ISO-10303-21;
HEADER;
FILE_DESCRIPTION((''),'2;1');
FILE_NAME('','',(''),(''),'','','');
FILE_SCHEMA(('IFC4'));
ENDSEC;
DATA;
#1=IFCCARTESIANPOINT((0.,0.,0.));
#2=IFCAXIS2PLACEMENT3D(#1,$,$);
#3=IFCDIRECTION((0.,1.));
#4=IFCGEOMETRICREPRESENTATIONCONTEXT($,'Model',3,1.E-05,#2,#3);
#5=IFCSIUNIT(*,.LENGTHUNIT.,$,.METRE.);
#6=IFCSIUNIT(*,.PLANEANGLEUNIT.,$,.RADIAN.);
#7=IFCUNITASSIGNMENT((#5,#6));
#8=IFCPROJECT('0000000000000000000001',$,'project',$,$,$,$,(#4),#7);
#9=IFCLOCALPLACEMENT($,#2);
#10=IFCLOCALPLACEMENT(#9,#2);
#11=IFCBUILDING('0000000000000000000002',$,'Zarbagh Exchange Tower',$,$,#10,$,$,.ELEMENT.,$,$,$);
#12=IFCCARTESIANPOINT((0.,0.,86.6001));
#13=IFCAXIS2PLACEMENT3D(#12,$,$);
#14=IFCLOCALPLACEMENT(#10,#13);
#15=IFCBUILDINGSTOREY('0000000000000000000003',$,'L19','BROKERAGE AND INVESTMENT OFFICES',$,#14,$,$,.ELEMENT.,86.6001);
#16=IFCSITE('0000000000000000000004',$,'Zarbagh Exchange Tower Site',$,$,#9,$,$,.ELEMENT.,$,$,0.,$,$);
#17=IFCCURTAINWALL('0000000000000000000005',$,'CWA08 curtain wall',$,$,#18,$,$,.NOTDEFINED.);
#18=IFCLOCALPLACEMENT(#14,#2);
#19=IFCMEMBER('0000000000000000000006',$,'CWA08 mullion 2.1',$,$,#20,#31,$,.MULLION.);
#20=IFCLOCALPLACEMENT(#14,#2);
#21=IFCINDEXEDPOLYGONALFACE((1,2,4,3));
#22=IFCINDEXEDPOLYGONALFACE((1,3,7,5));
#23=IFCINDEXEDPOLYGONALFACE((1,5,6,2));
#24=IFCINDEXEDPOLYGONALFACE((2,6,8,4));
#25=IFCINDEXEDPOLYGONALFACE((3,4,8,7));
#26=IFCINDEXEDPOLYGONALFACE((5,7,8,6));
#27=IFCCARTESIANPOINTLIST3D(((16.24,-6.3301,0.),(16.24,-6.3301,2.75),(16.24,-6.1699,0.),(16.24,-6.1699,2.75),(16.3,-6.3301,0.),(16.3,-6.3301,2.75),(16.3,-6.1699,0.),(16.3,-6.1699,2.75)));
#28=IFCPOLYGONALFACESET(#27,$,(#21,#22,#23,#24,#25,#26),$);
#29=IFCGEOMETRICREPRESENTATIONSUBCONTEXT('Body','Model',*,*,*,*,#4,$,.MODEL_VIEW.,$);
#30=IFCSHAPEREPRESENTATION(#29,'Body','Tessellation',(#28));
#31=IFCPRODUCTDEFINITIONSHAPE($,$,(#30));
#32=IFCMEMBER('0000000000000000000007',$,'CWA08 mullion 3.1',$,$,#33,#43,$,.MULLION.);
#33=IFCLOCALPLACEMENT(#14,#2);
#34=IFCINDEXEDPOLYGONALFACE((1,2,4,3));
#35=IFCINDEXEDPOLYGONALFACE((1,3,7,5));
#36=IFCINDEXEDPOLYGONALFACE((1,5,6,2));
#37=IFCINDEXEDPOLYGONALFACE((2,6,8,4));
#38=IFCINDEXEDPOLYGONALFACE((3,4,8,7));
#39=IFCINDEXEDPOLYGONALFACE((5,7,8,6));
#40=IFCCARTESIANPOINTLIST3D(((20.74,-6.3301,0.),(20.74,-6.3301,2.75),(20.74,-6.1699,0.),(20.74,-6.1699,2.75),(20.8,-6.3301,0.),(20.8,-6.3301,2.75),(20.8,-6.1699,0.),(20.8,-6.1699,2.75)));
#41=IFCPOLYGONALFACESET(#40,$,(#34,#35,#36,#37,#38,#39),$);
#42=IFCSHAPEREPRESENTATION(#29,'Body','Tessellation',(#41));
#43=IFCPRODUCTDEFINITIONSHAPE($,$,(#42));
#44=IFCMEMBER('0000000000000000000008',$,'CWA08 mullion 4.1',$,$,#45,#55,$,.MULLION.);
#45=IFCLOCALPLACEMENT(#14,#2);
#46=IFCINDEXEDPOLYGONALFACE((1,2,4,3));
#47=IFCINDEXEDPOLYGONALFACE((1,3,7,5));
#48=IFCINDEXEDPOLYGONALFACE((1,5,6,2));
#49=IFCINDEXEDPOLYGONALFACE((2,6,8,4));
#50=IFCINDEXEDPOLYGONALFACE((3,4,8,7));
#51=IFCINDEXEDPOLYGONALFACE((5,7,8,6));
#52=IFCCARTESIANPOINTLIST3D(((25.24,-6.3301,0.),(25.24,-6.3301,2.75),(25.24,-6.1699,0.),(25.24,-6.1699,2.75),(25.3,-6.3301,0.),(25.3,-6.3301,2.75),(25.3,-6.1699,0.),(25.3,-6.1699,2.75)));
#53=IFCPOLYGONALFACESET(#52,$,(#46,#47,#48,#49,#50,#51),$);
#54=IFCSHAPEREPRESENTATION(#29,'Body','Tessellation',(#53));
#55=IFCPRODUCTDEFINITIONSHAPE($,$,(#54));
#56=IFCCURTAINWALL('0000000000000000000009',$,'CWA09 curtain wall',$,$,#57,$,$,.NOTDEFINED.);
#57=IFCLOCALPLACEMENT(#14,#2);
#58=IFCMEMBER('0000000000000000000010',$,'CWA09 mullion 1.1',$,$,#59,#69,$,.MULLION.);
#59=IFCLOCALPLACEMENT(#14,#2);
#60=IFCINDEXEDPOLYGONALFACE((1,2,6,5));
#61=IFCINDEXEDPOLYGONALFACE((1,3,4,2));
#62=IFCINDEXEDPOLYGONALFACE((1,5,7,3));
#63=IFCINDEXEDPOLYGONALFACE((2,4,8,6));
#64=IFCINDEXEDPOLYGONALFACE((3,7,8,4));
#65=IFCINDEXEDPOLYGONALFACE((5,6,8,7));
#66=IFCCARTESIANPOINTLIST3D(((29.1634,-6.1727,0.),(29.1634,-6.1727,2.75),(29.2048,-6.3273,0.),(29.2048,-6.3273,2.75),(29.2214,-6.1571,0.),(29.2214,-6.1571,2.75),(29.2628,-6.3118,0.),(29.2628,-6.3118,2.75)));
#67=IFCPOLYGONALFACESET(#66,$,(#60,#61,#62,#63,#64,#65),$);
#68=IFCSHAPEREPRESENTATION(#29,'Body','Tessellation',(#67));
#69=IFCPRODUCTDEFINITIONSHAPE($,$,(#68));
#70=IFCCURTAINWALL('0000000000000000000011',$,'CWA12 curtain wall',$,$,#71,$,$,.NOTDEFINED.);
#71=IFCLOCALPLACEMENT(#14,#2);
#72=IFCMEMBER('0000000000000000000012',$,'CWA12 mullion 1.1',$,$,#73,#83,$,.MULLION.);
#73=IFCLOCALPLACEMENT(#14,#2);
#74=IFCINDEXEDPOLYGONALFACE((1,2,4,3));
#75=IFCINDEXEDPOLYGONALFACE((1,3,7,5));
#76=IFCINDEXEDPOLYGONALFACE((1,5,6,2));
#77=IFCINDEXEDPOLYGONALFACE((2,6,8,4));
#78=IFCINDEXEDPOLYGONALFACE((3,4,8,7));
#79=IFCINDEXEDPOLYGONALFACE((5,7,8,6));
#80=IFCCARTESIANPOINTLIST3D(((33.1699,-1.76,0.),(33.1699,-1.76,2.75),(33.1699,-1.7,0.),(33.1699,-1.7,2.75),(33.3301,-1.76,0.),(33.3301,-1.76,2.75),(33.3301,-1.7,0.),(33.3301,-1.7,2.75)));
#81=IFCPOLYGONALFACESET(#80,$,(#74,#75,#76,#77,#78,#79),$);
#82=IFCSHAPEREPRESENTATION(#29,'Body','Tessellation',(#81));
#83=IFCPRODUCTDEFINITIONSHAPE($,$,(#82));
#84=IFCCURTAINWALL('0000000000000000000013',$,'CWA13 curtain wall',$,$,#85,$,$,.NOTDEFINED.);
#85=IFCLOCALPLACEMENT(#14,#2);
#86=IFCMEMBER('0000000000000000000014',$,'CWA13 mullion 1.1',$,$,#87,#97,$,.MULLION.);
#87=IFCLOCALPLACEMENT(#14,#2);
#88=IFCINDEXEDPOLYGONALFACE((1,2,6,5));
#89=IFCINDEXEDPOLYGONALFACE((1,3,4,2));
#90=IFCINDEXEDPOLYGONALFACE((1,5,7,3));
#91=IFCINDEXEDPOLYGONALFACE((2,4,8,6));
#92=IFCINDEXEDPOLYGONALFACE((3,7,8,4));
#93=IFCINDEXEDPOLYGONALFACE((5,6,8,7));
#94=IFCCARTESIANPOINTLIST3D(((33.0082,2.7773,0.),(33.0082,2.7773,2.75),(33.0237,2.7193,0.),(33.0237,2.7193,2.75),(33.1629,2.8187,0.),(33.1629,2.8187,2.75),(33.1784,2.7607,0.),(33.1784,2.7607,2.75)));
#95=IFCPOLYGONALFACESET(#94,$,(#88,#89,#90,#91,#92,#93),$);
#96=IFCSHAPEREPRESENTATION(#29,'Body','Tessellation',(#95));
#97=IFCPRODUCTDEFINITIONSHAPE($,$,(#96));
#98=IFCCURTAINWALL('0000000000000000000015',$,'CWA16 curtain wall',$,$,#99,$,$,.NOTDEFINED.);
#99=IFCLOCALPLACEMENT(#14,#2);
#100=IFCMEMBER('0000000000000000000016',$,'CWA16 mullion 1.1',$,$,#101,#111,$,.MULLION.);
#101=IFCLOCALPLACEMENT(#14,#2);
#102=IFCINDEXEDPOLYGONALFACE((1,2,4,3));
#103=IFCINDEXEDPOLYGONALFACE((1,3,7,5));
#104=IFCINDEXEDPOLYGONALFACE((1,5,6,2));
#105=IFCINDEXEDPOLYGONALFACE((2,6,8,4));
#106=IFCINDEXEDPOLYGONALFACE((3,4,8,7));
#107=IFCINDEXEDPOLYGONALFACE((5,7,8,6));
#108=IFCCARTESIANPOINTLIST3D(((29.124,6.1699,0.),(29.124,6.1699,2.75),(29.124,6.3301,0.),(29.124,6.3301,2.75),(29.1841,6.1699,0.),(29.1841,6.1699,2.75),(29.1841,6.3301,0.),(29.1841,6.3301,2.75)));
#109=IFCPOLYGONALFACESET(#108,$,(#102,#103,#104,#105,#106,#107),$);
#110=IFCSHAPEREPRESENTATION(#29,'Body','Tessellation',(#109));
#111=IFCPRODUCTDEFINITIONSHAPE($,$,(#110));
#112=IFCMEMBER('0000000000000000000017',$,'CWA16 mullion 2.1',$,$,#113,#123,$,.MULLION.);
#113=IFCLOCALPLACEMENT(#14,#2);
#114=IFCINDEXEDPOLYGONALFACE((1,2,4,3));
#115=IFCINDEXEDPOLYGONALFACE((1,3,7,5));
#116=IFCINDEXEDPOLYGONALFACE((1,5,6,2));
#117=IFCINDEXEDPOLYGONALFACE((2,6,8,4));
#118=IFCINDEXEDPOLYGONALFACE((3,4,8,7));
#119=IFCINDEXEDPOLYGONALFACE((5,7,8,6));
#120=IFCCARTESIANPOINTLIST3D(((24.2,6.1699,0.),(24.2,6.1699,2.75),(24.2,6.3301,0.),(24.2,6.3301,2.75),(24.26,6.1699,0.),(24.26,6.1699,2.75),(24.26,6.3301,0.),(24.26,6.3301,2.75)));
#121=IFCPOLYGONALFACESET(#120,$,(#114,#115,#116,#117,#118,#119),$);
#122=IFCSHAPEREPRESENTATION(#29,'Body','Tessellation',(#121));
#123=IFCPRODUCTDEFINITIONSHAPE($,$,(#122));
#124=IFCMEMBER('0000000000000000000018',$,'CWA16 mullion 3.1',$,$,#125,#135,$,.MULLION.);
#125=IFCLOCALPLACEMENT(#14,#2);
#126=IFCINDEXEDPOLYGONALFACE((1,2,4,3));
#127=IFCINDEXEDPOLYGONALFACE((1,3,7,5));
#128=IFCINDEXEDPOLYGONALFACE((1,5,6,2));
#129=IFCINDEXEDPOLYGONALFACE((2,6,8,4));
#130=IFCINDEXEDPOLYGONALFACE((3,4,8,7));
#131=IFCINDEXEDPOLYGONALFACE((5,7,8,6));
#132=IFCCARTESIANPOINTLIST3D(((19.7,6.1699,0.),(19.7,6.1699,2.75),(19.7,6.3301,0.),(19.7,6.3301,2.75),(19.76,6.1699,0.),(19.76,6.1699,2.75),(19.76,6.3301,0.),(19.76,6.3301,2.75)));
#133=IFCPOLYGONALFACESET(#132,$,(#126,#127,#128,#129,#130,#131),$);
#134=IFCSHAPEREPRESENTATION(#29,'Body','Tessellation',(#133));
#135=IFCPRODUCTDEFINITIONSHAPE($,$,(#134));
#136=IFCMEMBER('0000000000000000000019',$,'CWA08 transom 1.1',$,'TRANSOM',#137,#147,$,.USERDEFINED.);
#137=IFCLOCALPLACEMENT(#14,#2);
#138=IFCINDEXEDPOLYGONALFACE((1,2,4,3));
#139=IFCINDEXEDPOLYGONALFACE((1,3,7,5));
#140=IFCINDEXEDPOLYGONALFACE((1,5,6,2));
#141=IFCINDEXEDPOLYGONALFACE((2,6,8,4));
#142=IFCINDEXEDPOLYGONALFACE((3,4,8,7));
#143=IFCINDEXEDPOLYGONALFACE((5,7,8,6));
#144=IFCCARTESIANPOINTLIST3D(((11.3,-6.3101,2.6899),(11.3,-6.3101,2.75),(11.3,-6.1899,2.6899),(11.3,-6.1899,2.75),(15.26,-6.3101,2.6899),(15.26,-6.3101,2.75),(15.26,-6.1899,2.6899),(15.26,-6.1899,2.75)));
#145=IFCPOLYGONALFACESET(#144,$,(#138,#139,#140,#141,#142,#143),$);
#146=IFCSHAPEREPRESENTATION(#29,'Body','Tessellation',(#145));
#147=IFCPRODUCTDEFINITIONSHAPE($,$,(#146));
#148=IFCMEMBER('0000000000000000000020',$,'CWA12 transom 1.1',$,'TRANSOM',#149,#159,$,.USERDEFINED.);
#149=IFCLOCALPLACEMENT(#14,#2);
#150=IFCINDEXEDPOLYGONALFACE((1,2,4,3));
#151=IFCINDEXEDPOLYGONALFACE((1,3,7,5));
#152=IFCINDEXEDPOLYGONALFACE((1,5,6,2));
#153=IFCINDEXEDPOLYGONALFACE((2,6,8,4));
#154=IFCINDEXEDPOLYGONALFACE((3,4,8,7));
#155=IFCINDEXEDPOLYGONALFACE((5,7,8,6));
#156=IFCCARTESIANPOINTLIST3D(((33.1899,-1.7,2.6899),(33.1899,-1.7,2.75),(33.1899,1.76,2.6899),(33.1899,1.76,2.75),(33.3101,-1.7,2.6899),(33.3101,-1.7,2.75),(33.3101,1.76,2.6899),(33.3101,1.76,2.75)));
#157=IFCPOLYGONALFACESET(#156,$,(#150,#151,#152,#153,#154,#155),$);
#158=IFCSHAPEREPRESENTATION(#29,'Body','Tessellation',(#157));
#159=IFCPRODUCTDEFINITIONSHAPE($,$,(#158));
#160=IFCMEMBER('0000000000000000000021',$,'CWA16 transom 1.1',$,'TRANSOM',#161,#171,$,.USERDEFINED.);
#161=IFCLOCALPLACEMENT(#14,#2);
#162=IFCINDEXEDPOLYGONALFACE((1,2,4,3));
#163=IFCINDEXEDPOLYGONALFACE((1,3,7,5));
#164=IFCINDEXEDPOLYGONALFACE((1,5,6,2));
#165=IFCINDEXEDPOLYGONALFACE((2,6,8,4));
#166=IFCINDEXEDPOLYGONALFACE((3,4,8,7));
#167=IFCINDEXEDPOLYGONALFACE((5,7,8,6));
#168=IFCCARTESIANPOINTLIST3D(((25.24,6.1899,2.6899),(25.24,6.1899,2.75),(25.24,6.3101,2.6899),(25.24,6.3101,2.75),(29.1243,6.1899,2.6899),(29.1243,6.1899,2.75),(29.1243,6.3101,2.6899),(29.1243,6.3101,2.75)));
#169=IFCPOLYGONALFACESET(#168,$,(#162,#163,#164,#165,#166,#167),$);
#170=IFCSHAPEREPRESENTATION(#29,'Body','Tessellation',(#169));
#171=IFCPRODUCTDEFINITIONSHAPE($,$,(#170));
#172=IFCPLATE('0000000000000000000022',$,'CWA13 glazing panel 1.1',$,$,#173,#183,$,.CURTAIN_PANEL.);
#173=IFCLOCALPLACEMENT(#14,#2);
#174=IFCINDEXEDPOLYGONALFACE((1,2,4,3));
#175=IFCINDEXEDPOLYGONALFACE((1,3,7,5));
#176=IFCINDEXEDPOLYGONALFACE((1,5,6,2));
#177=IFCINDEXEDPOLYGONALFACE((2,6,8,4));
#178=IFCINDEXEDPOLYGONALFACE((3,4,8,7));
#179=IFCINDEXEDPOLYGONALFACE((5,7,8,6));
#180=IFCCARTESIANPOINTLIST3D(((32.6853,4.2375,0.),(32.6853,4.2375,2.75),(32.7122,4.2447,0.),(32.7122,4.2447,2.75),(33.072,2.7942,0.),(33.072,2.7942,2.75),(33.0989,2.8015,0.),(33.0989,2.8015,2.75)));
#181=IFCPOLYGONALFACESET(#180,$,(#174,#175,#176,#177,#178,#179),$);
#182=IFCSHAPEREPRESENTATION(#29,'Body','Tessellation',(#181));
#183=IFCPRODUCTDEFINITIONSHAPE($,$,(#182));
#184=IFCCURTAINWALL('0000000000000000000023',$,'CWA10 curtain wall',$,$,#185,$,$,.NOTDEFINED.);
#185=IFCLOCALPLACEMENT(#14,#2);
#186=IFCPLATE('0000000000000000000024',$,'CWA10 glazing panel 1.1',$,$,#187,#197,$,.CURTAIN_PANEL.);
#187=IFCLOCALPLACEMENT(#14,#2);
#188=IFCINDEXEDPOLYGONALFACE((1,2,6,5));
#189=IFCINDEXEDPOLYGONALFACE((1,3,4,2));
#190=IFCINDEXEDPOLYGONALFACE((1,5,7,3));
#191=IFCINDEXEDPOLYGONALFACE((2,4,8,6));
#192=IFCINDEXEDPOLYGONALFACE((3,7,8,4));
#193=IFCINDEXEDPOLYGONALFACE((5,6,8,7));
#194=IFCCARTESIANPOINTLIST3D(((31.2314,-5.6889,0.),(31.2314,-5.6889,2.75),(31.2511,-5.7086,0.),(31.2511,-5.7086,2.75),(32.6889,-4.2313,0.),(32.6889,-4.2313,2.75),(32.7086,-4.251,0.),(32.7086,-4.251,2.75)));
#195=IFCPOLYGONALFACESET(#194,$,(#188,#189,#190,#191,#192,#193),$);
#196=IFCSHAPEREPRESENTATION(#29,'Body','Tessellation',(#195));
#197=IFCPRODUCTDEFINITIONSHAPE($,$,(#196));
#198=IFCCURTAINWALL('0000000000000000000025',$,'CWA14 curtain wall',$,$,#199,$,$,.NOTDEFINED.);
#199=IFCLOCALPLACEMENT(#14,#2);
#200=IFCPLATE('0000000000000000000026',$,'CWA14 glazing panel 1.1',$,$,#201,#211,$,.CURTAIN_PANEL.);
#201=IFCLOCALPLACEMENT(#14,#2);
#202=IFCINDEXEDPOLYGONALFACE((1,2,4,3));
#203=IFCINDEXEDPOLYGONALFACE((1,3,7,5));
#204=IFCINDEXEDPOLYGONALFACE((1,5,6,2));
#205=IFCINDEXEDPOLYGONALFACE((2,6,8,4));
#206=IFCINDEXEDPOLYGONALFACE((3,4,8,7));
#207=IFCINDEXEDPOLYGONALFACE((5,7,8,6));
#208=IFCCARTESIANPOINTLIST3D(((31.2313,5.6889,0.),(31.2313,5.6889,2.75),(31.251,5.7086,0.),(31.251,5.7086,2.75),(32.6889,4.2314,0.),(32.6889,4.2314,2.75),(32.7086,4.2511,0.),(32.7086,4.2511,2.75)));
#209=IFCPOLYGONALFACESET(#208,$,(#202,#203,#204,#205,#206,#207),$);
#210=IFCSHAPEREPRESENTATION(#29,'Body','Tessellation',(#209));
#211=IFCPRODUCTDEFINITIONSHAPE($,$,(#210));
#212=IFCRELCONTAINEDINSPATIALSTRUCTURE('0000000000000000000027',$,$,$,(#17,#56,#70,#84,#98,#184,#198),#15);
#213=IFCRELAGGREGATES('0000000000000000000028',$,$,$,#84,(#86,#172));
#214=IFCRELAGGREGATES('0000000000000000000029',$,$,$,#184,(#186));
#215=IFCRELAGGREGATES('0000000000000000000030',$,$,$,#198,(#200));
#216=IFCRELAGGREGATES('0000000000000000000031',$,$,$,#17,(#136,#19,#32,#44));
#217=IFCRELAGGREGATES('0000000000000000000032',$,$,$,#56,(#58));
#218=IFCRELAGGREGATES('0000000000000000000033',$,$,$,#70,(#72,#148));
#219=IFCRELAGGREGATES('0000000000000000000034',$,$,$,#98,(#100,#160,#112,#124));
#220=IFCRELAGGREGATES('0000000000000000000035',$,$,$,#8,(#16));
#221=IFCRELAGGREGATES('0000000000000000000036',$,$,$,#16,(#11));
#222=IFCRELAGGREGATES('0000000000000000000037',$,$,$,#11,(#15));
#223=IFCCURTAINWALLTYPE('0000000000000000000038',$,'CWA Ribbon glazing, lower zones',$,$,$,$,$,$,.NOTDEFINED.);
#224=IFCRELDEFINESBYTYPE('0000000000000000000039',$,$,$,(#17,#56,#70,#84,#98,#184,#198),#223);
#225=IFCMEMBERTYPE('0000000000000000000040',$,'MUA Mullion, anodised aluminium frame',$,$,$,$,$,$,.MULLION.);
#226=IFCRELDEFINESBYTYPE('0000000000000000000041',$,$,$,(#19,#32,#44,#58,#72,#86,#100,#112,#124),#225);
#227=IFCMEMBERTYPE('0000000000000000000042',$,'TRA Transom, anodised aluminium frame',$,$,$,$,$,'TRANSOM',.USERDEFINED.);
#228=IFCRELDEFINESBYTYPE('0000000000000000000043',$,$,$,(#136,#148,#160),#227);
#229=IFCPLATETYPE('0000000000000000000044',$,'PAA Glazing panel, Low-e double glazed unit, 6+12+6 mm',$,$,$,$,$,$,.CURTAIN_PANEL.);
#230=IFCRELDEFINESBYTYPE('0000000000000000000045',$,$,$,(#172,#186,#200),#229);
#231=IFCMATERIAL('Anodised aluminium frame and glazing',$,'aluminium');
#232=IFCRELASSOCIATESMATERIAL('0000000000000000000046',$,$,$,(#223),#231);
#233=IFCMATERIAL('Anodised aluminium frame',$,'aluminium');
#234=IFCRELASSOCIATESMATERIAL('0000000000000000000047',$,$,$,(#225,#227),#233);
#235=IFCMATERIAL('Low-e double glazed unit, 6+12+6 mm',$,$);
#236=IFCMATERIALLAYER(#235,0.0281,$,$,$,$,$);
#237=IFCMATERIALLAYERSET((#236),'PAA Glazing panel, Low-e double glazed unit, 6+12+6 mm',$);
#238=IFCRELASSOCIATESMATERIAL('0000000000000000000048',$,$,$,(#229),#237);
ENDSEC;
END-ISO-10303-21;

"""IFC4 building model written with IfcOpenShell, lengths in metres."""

from ifc_helpers import new_model, si_unit, direction, frame, origin, place, context, subcontext, project, spatial, polyline, outline, extrude, source, transform, mapped, material, layer, layer_set, type_object, element, aggregate, save


model = new_model("IFC4")

# Units and contexts
model_context = context("Model", 3, precision=1e-05, world=origin(), true_north=direction((0.0, 1.0)))
body_context = subcontext(model_context, "Body", "Model", "MODEL_VIEW")
ifc_project = project(units=[si_unit("LENGTHUNIT", "METRE"), si_unit("PLANEANGLEUNIT", "RADIAN")], contexts=[model_context])

# Site, building, storey
site_placement = place(None, origin())
site = spatial("IfcSite", under=ifc_project, at=site_placement, Name="Zarbagh Exchange Tower Site", CompositionType="ELEMENT", RefElevation=0.0)
building_placement = place(site_placement, origin())
building = spatial("IfcBuilding", under=site, at=building_placement, Name="Zarbagh Exchange Tower", CompositionType="ELEMENT")
storey_placement = place(building_placement, frame((0.0, 0.0, 86.6001)))
storey = spatial("IfcBuildingStorey", under=building, at=storey_placement, Name="L19", Description="BROKERAGE AND INVESTMENT OFFICES", CompositionType="ELEMENT", Elevation=86.6001)

# Curtain wall, members
ifc_material_1 = material(Name="Anodised aluminium frame and glazing", Category="aluminium")
curtain_wall_type = type_object("IfcCurtainWallType", Name="CWA Ribbon glazing, lower zones", PredefinedType="NOTDEFINED", material=ifc_material_1)
curtain_wall_1_placement = place(storey_placement, origin())
curtain_wall_1 = element("IfcCurtainWall", 1, at=curtain_wall_1_placement, inside=storey, type_object=curtain_wall_type, Name="CWA08 curtain wall", PredefinedType="NOTDEFINED")
ifc_material_2 = material(Name="Anodised aluminium frame", Category="aluminium")
member_type_1 = type_object("IfcMemberType", Name="MUA Mullion, anodised aluminium frame", PredefinedType="MULLION", material=ifc_material_2)
shared_shape_1 = source(origin(), body_context, "Body", "SweptSolid", [
    extrude(outline(polyline([(0.0, -0.0801), (0.0601, -0.0801), (0.0601, 0.0801), (0.0, 0.0801), (0.0, -0.0801)])), origin(), (0.0, 0.0, 1.0), 2.75),
])
placement = place(storey_placement, origin())
member_1 = element("IfcMember", 2, at=placement, type_object=member_type_1, Name="CWA08 mullion 2.1", PredefinedType="MULLION", context=body_context, shape_type="MappedRepresentation", body=[
    mapped(shared_shape_1, transform((16.24, -6.25, 0.0), x_axis=(1.0, 0.0, 0.0), y_axis=(0.0, 1.0, 0.0), z_axis=(0.0, 0.0, 1.0))),
])
member_2 = element("IfcMember", 3, at=placement, type_object=member_type_1, Name="CWA08 mullion 3.1", PredefinedType="MULLION", context=body_context, shape_type="MappedRepresentation", body=[
    mapped(shared_shape_1, transform((20.74, -6.25, 0.0), x_axis=(1.0, 0.0, 0.0), y_axis=(0.0, 1.0, 0.0), z_axis=(0.0, 0.0, 1.0))),
])
member_3 = element("IfcMember", 4, at=placement, type_object=member_type_1, Name="CWA08 mullion 4.1", PredefinedType="MULLION", context=body_context, shape_type="MappedRepresentation", body=[
    mapped(shared_shape_1, transform((25.24, -6.25, 0.0), x_axis=(1.0, 0.0, 0.0), y_axis=(0.0, 1.0, 0.0), z_axis=(0.0, 0.0, 1.0))),
])

# Curtain walls, members
curtain_wall_2_placement = place(storey_placement, origin())
curtain_wall_2 = element("IfcCurtainWall", 5, at=curtain_wall_2_placement, inside=storey, type_object=curtain_wall_type, Name="CWA09 curtain wall", PredefinedType="NOTDEFINED")
member_4 = element("IfcMember", 6, at=placement, type_object=member_type_1, Name="CWA09 mullion 1.1", PredefinedType="MULLION", context=body_context, shape_type="MappedRepresentation", body=[
    mapped(shared_shape_1, transform((29.1841, -6.25, 0.0), x_axis=(0.965924, 0.258825, 0.0), y_axis=(-0.258825, 0.965924, 0.0), z_axis=(0.0, 0.0, 1.0))),
])
curtain_wall_3_placement = place(storey_placement, origin())
curtain_wall_3 = element("IfcCurtainWall", 7, at=curtain_wall_3_placement, inside=storey, type_object=curtain_wall_type, Name="CWA12 curtain wall", PredefinedType="NOTDEFINED")
member_5 = element("IfcMember", 8, at=placement, type_object=member_type_1, Name="CWA12 mullion 1.1", PredefinedType="MULLION", context=body_context, shape_type="MappedRepresentation", body=[
    mapped(shared_shape_1, transform((33.25, -1.76, 0.0), x_axis=(0.0, 1.0, 0.0), y_axis=(-1.0, 0.0, 0.0), z_axis=(0.0, 0.0, 1.0))),
])
curtain_wall_4_placement = place(storey_placement, origin())
curtain_wall_4 = element("IfcCurtainWall", 9, at=curtain_wall_4_placement, inside=storey, type_object=curtain_wall_type, Name="CWA13 curtain wall", PredefinedType="NOTDEFINED")
member_6 = element("IfcMember", 10, at=placement, type_object=member_type_1, Name="CWA13 mullion 1.1", PredefinedType="MULLION", context=body_context, shape_type="MappedRepresentation", body=[
    mapped(shared_shape_1, transform((33.1011, 2.74, 0.0), x_axis=(-0.258825, 0.965924, 0.0), y_axis=(-0.965924, -0.258825, 0.0), z_axis=(0.0, 0.0, 1.0))),
])

# Curtain wall, members
curtain_wall_5_placement = place(storey_placement, origin())
curtain_wall_5 = element("IfcCurtainWall", 11, at=curtain_wall_5_placement, inside=storey, type_object=curtain_wall_type, Name="CWA16 curtain wall", PredefinedType="NOTDEFINED")
member_7 = element("IfcMember", 12, at=placement, type_object=member_type_1, Name="CWA16 mullion 1.1", PredefinedType="MULLION", context=body_context, shape_type="MappedRepresentation", body=[
    mapped(shared_shape_1, transform((29.1841, 6.25, 0.0), x_axis=(-1.0, 0.0, 0.0), y_axis=(0.0, -1.0, 0.0), z_axis=(0.0, 0.0, 1.0))),
])
member_8 = element("IfcMember", 13, at=placement, type_object=member_type_1, Name="CWA16 mullion 2.1", PredefinedType="MULLION", context=body_context, shape_type="MappedRepresentation", body=[
    mapped(shared_shape_1, transform((24.26, 6.25, 0.0), x_axis=(-1.0, 0.0, 0.0), y_axis=(0.0, -1.0, 0.0), z_axis=(0.0, 0.0, 1.0))),
])
member_9 = element("IfcMember", 14, at=placement, type_object=member_type_1, Name="CWA16 mullion 3.1", PredefinedType="MULLION", context=body_context, shape_type="MappedRepresentation", body=[
    mapped(shared_shape_1, transform((19.76, 6.25, 0.0), x_axis=(-1.0, 0.0, 0.0), y_axis=(0.0, -1.0, 0.0), z_axis=(0.0, 0.0, 1.0))),
])

# Members
member_type_2 = type_object("IfcMemberType", Name="TRA Transom, anodised aluminium frame", ElementType="TRANSOM", PredefinedType="USERDEFINED", material=ifc_material_2)
shared_shape_2 = source(origin(), body_context, "Body", "SweptSolid", [
    extrude(outline(polyline([(-0.0601, -0.0601), (0.0, -0.0601), (0.0, 0.0601), (-0.0601, 0.0601), (-0.0601, -0.0601)])), origin(), (0.0, 0.0, 1.0), 3.96),
])
member_10 = element("IfcMember", 15, at=placement, type_object=member_type_2, Name="CWA08 transom 1.1", ObjectType="TRANSOM", PredefinedType="USERDEFINED", context=body_context, shape_type="MappedRepresentation", body=[
    mapped(shared_shape_2, transform((11.3, -6.25, 2.75), x_axis=(0.0, 0.0, 1.0), y_axis=(0.0, -1.0, 0.0), z_axis=(1.0, 0.0, 0.0))),
])
shared_shape_3 = source(origin(), body_context, "Body", "SweptSolid", [
    extrude(outline(polyline([(-0.0601, -0.0601), (0.0, -0.0601), (0.0, 0.0601), (-0.0601, 0.0601), (-0.0601, -0.0601)])), origin(), (0.0, 0.0, 1.0), 3.46),
])
member_11 = element("IfcMember", 16, at=placement, type_object=member_type_2, Name="CWA12 transom 1.1", ObjectType="TRANSOM", PredefinedType="USERDEFINED", context=body_context, shape_type="MappedRepresentation", body=[
    mapped(shared_shape_3, transform((33.25, -1.7, 2.75), x_axis=(0.0, 0.0, 1.0), y_axis=(1.0, 0.0, 0.0), z_axis=(0.0, 1.0, 0.0))),
])
shared_shape_4 = source(origin(), body_context, "Body", "SweptSolid", [
    extrude(outline(polyline([(-0.0601, -0.0601), (0.0, -0.0601), (0.0, 0.0601), (-0.0601, 0.0601), (-0.0601, -0.0601)])), origin(), (0.0, 0.0, 1.0), 3.8843),
])
member_12 = element("IfcMember", 17, at=placement, type_object=member_type_2, Name="CWA16 transom 1.1", ObjectType="TRANSOM", PredefinedType="USERDEFINED", context=body_context, shape_type="MappedRepresentation", body=[
    mapped(shared_shape_4, transform((29.1243, 6.25, 2.75), x_axis=(0.0, 0.0, 1.0), y_axis=(0.0, 1.0, 0.0), z_axis=(-1.0, 0.0, 0.0))),
])

# Plate
ifc_material_3 = material(Name="Low-e double glazed unit, 6+12+6 mm")
ifc_layer = layer(ifc_material_3, 0.0281)
ifc_layer_set = layer_set([ifc_layer], Name="PAA Glazing panel, Low-e double glazed unit, 6+12+6 mm")
plate_type = type_object("IfcPlateType", Name="PAA Glazing panel, Low-e double glazed unit, 6+12+6 mm", PredefinedType="CURTAIN_PANEL", material=ifc_layer_set)
shared_shape_5 = source(origin(), body_context, "Body", "SweptSolid", [
    extrude(outline(polyline([(0.0, -0.0139), (1.4941, -0.0139), (1.4941, 0.0139), (0.0, 0.0139), (0.0, -0.0139)])), origin(), (0.0, 0.0, 1.0), 2.75),
])
plate_1 = element("IfcPlate", 18, at=placement, type_object=plate_type, Name="CWA13 glazing panel 1.1", PredefinedType="CURTAIN_PANEL", context=body_context, shape_type="MappedRepresentation", body=[
    mapped(shared_shape_5, transform((33.0854, 2.7979, 0.0), x_axis=(-0.258825, 0.965924, 0.0), y_axis=(-0.965924, -0.258825, 0.0), z_axis=(0.0, 0.0, 1.0))),
])
aggregate(curtain_wall_4, [member_6, plate_1])

# Curtain walls, plates
curtain_wall_6_placement = place(storey_placement, origin())
curtain_wall_6 = element("IfcCurtainWall", 19, at=curtain_wall_6_placement, inside=storey, type_object=curtain_wall_type, Name="CWA10 curtain wall", PredefinedType="NOTDEFINED")
shared_shape_6 = source(origin(), body_context, "Body", "SweptSolid", [
    extrude(outline(polyline([(0.0, -0.0139), (2.0613, -0.0139), (2.0613, 0.0139), (0.0, 0.0139), (0.0, -0.0139)])), origin(), (0.0, 0.0, 1.0), 2.75),
])
plate_2 = element("IfcPlate", 20, at=placement, type_object=plate_type, Name="CWA10 glazing panel 1.1", PredefinedType="CURTAIN_PANEL", context=body_context, shape_type="MappedRepresentation", body=[
    mapped(shared_shape_6, transform((31.2412, -5.6987, 0.0), x_axis=(0.707107, 0.707107, 0.0), y_axis=(-0.707107, 0.707107, 0.0), z_axis=(0.0, 0.0, 1.0))),
])
aggregate(curtain_wall_6, [plate_2])
curtain_wall_7_placement = place(storey_placement, origin())
curtain_wall_7 = element("IfcCurtainWall", 21, at=curtain_wall_7_placement, inside=storey, type_object=curtain_wall_type, Name="CWA14 curtain wall", PredefinedType="NOTDEFINED")
plate_3 = element("IfcPlate", 22, at=placement, type_object=plate_type, Name="CWA14 glazing panel 1.1", PredefinedType="CURTAIN_PANEL", context=body_context, shape_type="MappedRepresentation", body=[
    mapped(shared_shape_6, transform((32.6987, 4.2412, 0.0), x_axis=(-0.707107, 0.707107, 0.0), y_axis=(-0.707107, -0.707107, 0.0), z_axis=(0.0, 0.0, 1.0))),
])
aggregate(curtain_wall_7, [plate_3])

aggregate(curtain_wall_1, [member_10, member_1, member_2, member_3])
aggregate(curtain_wall_2, [member_4])

aggregate(curtain_wall_3, [member_5, member_11])
aggregate(curtain_wall_5, [member_7, member_12, member_8, member_9])

save(model, "model.ifc")
